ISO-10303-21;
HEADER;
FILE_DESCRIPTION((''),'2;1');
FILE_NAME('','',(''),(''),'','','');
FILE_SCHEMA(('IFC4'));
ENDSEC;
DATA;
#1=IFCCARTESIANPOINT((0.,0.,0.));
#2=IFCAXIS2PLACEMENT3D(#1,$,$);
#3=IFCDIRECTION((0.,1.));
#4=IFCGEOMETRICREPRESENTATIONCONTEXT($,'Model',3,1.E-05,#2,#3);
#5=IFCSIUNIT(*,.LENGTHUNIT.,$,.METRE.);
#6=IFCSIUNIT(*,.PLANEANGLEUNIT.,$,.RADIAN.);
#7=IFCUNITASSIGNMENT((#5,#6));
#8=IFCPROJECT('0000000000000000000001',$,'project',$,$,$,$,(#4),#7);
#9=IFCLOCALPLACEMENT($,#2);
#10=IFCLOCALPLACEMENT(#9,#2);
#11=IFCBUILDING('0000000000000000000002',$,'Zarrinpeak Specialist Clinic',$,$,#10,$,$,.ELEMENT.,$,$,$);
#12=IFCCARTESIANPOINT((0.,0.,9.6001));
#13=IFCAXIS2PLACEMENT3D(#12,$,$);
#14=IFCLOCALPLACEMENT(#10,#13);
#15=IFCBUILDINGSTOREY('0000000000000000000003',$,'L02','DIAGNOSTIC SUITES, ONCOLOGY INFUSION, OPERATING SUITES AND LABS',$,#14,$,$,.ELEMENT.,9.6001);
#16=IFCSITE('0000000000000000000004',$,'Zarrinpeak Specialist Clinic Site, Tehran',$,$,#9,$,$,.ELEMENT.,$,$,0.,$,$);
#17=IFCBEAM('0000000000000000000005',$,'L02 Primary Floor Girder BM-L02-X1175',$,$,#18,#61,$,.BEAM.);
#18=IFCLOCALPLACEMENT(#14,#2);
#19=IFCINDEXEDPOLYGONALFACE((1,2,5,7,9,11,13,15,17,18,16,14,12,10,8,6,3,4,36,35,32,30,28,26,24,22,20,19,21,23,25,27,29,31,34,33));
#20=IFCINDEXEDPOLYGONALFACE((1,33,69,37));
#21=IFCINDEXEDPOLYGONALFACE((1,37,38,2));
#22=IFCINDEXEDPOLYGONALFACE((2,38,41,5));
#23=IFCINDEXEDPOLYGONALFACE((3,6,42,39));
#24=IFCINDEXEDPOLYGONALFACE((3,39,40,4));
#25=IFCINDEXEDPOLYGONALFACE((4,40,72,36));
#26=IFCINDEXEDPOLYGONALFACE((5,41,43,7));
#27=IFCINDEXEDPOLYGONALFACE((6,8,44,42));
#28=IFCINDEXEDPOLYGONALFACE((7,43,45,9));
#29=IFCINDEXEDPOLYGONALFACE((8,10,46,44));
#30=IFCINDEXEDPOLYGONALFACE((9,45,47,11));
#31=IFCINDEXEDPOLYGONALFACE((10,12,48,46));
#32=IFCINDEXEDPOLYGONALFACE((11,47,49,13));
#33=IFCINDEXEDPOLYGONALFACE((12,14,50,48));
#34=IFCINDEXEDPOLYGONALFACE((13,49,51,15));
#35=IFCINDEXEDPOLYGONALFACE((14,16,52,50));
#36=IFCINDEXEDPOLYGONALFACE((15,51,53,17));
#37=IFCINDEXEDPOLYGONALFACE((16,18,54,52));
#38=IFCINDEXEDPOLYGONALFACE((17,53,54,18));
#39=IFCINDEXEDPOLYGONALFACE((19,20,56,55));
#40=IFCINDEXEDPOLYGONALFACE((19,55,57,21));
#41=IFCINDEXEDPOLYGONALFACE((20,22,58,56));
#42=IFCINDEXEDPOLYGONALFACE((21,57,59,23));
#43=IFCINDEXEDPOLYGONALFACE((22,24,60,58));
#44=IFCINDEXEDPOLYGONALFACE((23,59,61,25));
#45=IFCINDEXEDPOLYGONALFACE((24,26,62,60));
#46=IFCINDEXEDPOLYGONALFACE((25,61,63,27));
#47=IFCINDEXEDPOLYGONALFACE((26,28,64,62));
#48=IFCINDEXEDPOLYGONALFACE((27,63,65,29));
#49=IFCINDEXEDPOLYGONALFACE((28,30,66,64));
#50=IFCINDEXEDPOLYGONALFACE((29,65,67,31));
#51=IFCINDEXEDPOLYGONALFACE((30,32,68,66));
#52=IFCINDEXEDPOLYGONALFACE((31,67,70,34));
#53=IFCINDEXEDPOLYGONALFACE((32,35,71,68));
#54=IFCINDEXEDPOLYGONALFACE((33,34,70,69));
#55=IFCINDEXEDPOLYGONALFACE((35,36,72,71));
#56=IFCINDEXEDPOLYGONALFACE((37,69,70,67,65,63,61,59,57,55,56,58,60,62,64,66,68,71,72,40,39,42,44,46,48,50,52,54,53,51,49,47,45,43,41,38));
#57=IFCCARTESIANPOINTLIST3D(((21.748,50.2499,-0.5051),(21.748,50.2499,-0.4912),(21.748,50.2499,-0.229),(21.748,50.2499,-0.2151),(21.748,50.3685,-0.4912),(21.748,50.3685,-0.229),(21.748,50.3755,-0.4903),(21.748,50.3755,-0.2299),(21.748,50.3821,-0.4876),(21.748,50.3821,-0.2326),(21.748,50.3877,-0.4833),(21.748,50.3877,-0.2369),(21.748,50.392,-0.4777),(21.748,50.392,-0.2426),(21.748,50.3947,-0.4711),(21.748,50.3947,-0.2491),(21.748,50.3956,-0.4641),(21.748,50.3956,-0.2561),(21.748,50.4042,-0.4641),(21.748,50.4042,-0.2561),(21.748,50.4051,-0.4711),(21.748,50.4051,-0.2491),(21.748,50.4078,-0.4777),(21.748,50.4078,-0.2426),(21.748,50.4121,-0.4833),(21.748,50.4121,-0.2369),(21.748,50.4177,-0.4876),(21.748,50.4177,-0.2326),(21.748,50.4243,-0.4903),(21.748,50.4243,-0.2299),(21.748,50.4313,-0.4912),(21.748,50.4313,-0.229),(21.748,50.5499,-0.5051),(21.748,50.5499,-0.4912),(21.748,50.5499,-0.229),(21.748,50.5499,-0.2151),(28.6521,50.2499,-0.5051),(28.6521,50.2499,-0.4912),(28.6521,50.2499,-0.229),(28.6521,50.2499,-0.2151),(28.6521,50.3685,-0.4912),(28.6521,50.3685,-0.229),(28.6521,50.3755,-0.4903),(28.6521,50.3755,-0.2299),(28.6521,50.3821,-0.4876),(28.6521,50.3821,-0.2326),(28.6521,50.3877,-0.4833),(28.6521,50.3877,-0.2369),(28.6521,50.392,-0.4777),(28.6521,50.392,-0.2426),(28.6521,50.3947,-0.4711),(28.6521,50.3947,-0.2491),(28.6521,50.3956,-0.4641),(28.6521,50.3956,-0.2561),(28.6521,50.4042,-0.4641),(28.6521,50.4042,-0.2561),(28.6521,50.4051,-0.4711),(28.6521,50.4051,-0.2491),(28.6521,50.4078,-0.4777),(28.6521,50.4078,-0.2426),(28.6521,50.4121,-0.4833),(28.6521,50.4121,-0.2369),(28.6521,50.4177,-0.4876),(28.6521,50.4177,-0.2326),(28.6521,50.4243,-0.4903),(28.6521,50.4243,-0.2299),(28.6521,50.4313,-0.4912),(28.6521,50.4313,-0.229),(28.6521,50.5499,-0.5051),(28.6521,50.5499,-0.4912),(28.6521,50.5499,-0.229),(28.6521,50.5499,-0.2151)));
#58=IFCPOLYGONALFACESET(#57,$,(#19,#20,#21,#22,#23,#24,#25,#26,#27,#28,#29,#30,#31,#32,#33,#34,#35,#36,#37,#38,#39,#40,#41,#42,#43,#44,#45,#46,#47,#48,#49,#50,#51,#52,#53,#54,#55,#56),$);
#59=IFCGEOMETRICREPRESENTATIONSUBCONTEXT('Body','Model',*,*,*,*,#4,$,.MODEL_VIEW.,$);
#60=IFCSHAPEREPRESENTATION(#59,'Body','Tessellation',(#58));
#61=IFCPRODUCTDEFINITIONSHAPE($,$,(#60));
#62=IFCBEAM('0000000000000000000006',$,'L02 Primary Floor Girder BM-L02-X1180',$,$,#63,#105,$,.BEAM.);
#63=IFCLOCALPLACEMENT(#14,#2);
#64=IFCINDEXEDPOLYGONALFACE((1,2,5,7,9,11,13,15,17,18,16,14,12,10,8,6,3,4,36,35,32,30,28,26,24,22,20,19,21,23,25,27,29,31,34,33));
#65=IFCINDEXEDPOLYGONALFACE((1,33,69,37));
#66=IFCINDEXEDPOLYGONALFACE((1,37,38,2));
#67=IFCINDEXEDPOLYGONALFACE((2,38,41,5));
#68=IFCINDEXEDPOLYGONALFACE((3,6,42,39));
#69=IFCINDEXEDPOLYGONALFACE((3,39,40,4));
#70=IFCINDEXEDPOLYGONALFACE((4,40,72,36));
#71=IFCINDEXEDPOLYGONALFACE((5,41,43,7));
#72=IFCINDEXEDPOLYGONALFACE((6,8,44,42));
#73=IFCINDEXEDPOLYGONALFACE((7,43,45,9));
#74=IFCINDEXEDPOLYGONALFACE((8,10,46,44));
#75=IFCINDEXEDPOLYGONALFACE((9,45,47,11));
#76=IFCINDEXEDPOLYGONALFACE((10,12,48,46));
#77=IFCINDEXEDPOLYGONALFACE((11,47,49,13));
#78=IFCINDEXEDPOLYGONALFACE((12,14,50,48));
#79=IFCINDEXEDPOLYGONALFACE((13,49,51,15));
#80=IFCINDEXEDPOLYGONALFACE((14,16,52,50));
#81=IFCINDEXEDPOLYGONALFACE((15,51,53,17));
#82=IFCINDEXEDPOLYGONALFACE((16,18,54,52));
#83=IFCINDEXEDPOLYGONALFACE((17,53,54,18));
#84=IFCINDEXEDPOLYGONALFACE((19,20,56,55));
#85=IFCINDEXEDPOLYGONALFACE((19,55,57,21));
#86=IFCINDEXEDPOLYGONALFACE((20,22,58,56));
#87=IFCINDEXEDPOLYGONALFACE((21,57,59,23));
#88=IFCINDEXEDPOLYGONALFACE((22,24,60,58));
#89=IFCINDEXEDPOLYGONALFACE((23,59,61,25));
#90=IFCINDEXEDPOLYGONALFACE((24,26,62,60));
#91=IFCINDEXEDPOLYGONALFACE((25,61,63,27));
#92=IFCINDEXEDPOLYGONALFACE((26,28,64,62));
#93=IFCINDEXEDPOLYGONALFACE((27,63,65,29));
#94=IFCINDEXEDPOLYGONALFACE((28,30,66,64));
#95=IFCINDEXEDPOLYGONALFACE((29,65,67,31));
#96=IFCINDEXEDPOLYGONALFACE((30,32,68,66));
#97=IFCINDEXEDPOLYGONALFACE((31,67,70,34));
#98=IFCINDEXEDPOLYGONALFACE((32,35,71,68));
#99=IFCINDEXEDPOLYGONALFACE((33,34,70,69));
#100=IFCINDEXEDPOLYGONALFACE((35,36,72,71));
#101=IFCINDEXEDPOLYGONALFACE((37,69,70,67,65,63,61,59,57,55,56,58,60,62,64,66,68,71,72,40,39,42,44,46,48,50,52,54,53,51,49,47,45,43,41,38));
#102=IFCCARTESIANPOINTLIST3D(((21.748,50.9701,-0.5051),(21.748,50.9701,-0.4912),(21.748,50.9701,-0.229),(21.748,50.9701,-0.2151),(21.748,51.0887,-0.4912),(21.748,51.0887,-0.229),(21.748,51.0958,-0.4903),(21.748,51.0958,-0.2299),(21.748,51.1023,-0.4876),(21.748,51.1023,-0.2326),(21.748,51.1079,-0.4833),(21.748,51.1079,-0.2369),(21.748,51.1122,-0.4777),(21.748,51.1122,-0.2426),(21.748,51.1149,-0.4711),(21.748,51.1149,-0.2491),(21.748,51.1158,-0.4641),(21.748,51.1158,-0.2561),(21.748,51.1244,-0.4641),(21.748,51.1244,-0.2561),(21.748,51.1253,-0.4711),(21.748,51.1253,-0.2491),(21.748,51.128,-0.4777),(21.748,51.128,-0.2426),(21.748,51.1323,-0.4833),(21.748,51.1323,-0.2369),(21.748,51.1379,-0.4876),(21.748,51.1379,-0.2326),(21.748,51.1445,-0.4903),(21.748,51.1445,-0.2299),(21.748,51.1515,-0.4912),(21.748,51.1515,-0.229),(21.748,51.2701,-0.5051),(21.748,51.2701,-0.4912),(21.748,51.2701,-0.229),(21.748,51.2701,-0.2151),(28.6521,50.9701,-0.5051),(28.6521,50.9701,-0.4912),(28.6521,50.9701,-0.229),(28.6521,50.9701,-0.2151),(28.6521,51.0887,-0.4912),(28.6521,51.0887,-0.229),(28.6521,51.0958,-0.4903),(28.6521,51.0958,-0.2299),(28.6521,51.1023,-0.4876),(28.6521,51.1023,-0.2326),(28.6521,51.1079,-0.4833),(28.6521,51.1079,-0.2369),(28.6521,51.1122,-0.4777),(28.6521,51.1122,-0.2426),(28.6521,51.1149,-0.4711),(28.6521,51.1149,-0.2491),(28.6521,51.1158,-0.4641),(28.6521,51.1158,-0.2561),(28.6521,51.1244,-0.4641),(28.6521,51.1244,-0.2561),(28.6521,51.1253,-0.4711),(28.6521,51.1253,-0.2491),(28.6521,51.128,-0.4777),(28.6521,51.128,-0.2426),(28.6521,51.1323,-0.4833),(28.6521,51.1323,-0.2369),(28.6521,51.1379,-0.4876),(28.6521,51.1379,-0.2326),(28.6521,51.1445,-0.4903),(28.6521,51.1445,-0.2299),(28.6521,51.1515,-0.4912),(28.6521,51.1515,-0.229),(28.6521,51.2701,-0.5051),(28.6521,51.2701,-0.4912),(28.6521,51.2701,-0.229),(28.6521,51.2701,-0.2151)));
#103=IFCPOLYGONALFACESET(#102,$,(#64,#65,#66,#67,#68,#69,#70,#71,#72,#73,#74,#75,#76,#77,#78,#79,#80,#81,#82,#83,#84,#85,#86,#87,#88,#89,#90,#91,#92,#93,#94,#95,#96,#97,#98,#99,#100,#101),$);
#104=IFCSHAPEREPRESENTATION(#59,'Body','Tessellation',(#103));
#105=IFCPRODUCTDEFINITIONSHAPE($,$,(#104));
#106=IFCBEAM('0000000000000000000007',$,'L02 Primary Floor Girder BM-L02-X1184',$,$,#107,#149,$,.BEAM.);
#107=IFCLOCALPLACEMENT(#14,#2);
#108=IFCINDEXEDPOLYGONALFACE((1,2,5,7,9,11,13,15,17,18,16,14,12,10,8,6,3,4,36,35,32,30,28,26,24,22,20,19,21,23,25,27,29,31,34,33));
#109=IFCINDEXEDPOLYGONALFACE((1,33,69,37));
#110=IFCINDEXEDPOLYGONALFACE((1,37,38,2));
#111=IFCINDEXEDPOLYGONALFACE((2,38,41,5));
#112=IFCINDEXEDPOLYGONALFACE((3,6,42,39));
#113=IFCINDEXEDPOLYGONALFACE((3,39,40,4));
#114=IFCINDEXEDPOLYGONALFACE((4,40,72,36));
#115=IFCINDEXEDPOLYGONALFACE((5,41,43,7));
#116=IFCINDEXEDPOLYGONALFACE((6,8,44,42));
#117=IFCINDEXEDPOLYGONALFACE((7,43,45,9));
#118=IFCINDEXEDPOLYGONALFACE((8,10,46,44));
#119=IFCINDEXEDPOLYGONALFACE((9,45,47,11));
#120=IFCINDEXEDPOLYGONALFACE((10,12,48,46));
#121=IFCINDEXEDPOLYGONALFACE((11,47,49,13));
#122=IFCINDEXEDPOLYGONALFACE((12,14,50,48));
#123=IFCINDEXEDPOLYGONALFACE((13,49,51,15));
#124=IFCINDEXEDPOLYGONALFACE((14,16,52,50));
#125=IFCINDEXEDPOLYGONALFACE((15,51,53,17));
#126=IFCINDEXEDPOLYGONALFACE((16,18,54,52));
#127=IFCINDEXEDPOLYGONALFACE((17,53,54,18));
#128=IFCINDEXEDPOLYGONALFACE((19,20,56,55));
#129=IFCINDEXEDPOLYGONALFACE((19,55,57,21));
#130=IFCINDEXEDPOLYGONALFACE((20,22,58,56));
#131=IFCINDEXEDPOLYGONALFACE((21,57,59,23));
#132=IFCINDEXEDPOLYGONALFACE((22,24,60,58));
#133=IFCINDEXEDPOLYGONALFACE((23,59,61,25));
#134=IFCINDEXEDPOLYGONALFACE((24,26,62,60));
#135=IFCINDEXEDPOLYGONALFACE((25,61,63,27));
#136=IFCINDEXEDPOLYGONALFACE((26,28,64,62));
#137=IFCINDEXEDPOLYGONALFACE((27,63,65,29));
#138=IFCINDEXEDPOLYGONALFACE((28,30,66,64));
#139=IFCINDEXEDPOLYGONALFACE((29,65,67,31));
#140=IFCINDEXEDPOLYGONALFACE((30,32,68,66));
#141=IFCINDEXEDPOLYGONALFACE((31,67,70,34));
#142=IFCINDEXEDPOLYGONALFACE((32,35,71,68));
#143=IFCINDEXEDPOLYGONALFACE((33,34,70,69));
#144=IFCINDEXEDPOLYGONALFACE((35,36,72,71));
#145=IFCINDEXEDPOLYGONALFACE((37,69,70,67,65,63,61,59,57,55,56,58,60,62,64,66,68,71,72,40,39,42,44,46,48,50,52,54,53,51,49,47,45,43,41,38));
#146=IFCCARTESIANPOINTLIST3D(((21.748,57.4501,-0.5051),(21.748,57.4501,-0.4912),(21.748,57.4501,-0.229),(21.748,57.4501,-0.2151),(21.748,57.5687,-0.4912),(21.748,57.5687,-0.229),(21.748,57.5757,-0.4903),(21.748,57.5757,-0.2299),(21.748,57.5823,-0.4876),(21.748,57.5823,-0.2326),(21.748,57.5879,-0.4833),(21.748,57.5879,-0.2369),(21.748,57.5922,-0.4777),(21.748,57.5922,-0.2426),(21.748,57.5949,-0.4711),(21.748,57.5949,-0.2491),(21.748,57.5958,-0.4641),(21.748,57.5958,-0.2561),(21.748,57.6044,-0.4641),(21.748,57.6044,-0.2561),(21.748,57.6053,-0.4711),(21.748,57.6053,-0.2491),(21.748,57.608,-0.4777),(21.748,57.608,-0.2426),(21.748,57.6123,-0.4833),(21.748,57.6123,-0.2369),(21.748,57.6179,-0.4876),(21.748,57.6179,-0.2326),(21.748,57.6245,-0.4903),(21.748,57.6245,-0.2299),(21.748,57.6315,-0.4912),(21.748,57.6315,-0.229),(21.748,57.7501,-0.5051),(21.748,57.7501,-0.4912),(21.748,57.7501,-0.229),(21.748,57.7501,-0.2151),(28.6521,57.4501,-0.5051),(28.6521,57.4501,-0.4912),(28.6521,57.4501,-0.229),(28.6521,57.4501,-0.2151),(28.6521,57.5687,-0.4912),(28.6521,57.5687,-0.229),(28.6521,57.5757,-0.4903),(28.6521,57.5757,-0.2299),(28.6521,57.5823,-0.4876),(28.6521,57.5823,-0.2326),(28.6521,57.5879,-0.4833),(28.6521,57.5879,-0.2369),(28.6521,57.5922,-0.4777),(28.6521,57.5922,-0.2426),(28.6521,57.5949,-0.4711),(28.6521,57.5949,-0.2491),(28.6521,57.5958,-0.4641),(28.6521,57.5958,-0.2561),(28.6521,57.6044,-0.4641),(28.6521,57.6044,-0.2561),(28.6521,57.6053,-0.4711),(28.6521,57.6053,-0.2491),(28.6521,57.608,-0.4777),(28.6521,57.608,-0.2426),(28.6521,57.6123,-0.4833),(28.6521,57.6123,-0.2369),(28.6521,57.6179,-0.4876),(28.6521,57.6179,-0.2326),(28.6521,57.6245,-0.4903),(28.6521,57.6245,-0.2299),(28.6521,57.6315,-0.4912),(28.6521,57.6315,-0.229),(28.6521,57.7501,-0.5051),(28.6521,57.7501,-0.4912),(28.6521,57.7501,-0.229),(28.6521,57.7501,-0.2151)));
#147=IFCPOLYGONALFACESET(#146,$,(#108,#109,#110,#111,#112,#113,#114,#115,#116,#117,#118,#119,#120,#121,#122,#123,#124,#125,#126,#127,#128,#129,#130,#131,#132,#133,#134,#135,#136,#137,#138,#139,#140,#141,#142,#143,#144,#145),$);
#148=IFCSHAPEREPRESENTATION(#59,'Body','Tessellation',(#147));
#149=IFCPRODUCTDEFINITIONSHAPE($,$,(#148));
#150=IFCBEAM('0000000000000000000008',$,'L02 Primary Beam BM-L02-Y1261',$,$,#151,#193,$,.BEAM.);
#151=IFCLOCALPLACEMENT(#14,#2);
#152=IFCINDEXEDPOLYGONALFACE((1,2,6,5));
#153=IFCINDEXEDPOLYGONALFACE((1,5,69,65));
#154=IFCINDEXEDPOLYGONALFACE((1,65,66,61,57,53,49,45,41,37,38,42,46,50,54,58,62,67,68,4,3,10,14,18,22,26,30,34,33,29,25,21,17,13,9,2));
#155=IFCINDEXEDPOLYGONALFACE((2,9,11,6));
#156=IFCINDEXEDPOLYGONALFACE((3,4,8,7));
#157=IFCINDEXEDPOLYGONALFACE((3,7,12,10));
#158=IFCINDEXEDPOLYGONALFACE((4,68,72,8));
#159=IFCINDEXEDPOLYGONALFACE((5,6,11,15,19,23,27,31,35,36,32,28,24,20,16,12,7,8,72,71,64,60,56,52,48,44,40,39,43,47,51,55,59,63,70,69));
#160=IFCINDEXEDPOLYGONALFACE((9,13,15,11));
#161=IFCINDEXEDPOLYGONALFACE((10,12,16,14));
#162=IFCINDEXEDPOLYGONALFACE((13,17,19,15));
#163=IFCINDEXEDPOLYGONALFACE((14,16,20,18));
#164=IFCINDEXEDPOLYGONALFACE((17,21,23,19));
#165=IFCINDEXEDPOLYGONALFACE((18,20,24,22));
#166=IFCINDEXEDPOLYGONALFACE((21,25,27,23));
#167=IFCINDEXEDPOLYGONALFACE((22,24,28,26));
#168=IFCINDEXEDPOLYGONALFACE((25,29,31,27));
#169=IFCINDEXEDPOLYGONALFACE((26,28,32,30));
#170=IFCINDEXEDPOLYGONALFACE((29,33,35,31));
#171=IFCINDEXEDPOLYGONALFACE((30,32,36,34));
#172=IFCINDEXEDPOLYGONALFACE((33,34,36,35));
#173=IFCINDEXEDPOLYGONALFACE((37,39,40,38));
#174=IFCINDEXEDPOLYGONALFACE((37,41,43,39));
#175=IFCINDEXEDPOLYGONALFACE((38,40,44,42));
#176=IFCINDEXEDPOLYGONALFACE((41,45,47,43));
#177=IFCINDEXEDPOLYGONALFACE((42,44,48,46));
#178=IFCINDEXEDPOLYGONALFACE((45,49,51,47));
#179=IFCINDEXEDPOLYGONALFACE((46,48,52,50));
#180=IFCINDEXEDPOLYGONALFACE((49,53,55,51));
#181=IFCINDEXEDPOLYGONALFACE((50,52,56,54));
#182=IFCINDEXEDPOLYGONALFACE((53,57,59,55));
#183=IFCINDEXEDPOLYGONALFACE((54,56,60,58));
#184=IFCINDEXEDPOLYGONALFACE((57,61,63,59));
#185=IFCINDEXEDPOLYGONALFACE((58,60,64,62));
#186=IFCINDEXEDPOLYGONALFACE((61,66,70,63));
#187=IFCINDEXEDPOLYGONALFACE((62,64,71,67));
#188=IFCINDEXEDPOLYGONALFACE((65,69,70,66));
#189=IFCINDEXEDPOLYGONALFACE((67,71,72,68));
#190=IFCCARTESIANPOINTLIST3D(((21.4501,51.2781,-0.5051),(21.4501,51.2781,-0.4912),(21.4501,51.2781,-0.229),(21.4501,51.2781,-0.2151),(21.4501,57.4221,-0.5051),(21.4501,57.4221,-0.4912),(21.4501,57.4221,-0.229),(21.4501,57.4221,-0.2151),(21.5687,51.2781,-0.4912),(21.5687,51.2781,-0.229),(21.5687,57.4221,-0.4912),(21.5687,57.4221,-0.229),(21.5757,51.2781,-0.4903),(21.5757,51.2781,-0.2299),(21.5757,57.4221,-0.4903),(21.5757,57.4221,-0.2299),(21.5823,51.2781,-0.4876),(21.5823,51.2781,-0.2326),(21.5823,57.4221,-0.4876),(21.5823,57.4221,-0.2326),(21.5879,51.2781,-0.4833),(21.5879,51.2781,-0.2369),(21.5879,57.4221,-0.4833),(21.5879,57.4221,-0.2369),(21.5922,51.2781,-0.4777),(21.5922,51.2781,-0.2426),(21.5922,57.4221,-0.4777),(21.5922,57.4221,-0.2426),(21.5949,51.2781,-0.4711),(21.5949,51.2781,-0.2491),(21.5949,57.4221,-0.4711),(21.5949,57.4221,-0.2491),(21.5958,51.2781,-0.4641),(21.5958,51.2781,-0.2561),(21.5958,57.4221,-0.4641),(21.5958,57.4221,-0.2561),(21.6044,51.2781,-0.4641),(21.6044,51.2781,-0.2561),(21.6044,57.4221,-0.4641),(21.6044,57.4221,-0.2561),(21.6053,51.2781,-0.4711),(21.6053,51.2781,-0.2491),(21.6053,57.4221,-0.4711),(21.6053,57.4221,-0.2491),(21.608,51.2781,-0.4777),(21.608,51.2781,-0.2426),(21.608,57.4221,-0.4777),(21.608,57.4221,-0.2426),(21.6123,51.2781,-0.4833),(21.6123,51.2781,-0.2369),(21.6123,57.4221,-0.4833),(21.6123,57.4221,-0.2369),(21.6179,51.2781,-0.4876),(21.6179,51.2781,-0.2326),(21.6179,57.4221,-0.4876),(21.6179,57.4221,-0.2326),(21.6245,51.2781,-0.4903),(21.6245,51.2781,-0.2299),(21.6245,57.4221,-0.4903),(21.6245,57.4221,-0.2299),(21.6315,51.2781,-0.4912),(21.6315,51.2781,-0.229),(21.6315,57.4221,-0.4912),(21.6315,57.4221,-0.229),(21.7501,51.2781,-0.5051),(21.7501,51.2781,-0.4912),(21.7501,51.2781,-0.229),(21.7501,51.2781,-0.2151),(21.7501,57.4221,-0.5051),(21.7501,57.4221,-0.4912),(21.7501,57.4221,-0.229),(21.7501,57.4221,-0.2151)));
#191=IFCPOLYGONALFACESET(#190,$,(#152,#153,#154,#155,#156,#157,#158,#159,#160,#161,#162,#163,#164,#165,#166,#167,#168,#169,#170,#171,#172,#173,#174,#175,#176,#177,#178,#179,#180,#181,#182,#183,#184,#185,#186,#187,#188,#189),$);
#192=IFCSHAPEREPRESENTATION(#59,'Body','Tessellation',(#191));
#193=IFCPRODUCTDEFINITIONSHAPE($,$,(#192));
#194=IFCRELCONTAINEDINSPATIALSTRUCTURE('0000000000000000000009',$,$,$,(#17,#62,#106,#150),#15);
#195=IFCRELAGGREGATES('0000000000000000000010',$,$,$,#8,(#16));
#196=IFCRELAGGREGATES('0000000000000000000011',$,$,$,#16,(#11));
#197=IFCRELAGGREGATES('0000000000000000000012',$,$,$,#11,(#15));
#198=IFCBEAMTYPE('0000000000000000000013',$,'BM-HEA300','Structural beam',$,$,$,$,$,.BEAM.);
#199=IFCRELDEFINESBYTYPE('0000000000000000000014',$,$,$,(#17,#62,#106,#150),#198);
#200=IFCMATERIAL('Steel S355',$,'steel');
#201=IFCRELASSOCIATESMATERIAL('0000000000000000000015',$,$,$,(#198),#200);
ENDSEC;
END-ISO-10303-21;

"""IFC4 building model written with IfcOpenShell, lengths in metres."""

from ifc_helpers import new_model, si_unit, direction, frame, origin, origin_2d, place, context, subcontext, project, spatial, i_section, extrude, material, material_profile, profile_set, type_object, element, save


model = new_model("IFC4")

# Units and contexts
model_context = context("Model", 3, precision=1e-05, world=origin(), true_north=direction((0.0, 1.0)))
body_context = subcontext(model_context, "Body", "Model", "MODEL_VIEW")
ifc_project = project(units=[si_unit("LENGTHUNIT", "METRE"), si_unit("PLANEANGLEUNIT", "RADIAN")], contexts=[model_context])

# Site, building, storey
site_placement = place(None, origin())
site = spatial("IfcSite", under=ifc_project, at=site_placement, Name="Zarrinpeak Specialist Clinic Site, Tehran", CompositionType="ELEMENT", RefElevation=0.0)
building_placement = place(site_placement, origin())
building = spatial("IfcBuilding", under=site, at=building_placement, Name="Zarrinpeak Specialist Clinic", CompositionType="ELEMENT")
storey_placement = place(building_placement, frame((0.0, 0.0, 9.6001)))
storey = spatial("IfcBuildingStorey", under=building, at=storey_placement, Name="L02", Description="DIAGNOSTIC SUITES, ONCOLOGY INFUSION, OPERATING SUITES AND LABS", CompositionType="ELEMENT", Elevation=9.6001)

# Shared definitions
ifc_material_1 = material(Name="Steel S355", Category="steel")

# Beams
ifc_material_profile_1 = material_profile(ifc_material_1, i_section(OverallWidth=0.3, OverallDepth=0.29, WebThickness=0.0085, FlangeThickness=0.0139, FilletRadius=0.0271, at=origin_2d()), Name="HEA 300")
ifc_profile_set_1 = profile_set([ifc_material_profile_1], Name="Steel S355")
beam_type_1 = type_object("IfcBeamType", Name="BM-HEA300", Description="Structural beam", PredefinedType="BEAM", material=ifc_profile_set_1)
for number, where, z_axis, x_axis, name in (
    (1, (21.748, 50.3999, -0.3601), (1.0, 0.0, 0.0), (0.0, 1.0, 0.0), "L02 Primary Floor Girder BM-L02-X1175"),
    (2, (21.748, 51.1201, -0.3601), (1.0, 0.0, 0.0), (0.0, 1.0, 0.0), "L02 Primary Floor Girder BM-L02-X1180"),
    (3, (21.748, 57.6001, -0.3601), (1.0, 0.0, 0.0), (0.0, 1.0, 0.0), "L02 Primary Floor Girder BM-L02-X1184"),
):
    element("IfcBeam", number, at=place(storey_placement, frame(where, z_axis=z_axis, x_axis=x_axis)), inside=storey, type_object=beam_type_1, Name=name, PredefinedType="BEAM", context=body_context, shape_type="SweptSolid", body=[
        extrude(i_section(OverallWidth=0.3, OverallDepth=0.29, WebThickness=0.0085, FlangeThickness=0.0139, FilletRadius=0.0271, at=origin_2d()), origin(), (0.0, 0.0, 1.0), 6.9041),
    ])
beam_1_placement = place(storey_placement, frame((21.6001, 51.2781, -0.3601), z_axis=(0.0, 1.0, 0.0), x_axis=(-1.0, 0.0, 0.0)))
element("IfcBeam", 4, at=beam_1_placement, inside=storey, type_object=beam_type_1, Name="L02 Primary Beam BM-L02-Y1261", PredefinedType="BEAM", context=body_context, shape_type="SweptSolid", body=[
    extrude(i_section(OverallWidth=0.3, OverallDepth=0.29, WebThickness=0.0085, FlangeThickness=0.0139, FilletRadius=0.0271, at=origin_2d()), origin(), (0.0, 0.0, 1.0), 6.144),
])

save(model, "model.ifc")
